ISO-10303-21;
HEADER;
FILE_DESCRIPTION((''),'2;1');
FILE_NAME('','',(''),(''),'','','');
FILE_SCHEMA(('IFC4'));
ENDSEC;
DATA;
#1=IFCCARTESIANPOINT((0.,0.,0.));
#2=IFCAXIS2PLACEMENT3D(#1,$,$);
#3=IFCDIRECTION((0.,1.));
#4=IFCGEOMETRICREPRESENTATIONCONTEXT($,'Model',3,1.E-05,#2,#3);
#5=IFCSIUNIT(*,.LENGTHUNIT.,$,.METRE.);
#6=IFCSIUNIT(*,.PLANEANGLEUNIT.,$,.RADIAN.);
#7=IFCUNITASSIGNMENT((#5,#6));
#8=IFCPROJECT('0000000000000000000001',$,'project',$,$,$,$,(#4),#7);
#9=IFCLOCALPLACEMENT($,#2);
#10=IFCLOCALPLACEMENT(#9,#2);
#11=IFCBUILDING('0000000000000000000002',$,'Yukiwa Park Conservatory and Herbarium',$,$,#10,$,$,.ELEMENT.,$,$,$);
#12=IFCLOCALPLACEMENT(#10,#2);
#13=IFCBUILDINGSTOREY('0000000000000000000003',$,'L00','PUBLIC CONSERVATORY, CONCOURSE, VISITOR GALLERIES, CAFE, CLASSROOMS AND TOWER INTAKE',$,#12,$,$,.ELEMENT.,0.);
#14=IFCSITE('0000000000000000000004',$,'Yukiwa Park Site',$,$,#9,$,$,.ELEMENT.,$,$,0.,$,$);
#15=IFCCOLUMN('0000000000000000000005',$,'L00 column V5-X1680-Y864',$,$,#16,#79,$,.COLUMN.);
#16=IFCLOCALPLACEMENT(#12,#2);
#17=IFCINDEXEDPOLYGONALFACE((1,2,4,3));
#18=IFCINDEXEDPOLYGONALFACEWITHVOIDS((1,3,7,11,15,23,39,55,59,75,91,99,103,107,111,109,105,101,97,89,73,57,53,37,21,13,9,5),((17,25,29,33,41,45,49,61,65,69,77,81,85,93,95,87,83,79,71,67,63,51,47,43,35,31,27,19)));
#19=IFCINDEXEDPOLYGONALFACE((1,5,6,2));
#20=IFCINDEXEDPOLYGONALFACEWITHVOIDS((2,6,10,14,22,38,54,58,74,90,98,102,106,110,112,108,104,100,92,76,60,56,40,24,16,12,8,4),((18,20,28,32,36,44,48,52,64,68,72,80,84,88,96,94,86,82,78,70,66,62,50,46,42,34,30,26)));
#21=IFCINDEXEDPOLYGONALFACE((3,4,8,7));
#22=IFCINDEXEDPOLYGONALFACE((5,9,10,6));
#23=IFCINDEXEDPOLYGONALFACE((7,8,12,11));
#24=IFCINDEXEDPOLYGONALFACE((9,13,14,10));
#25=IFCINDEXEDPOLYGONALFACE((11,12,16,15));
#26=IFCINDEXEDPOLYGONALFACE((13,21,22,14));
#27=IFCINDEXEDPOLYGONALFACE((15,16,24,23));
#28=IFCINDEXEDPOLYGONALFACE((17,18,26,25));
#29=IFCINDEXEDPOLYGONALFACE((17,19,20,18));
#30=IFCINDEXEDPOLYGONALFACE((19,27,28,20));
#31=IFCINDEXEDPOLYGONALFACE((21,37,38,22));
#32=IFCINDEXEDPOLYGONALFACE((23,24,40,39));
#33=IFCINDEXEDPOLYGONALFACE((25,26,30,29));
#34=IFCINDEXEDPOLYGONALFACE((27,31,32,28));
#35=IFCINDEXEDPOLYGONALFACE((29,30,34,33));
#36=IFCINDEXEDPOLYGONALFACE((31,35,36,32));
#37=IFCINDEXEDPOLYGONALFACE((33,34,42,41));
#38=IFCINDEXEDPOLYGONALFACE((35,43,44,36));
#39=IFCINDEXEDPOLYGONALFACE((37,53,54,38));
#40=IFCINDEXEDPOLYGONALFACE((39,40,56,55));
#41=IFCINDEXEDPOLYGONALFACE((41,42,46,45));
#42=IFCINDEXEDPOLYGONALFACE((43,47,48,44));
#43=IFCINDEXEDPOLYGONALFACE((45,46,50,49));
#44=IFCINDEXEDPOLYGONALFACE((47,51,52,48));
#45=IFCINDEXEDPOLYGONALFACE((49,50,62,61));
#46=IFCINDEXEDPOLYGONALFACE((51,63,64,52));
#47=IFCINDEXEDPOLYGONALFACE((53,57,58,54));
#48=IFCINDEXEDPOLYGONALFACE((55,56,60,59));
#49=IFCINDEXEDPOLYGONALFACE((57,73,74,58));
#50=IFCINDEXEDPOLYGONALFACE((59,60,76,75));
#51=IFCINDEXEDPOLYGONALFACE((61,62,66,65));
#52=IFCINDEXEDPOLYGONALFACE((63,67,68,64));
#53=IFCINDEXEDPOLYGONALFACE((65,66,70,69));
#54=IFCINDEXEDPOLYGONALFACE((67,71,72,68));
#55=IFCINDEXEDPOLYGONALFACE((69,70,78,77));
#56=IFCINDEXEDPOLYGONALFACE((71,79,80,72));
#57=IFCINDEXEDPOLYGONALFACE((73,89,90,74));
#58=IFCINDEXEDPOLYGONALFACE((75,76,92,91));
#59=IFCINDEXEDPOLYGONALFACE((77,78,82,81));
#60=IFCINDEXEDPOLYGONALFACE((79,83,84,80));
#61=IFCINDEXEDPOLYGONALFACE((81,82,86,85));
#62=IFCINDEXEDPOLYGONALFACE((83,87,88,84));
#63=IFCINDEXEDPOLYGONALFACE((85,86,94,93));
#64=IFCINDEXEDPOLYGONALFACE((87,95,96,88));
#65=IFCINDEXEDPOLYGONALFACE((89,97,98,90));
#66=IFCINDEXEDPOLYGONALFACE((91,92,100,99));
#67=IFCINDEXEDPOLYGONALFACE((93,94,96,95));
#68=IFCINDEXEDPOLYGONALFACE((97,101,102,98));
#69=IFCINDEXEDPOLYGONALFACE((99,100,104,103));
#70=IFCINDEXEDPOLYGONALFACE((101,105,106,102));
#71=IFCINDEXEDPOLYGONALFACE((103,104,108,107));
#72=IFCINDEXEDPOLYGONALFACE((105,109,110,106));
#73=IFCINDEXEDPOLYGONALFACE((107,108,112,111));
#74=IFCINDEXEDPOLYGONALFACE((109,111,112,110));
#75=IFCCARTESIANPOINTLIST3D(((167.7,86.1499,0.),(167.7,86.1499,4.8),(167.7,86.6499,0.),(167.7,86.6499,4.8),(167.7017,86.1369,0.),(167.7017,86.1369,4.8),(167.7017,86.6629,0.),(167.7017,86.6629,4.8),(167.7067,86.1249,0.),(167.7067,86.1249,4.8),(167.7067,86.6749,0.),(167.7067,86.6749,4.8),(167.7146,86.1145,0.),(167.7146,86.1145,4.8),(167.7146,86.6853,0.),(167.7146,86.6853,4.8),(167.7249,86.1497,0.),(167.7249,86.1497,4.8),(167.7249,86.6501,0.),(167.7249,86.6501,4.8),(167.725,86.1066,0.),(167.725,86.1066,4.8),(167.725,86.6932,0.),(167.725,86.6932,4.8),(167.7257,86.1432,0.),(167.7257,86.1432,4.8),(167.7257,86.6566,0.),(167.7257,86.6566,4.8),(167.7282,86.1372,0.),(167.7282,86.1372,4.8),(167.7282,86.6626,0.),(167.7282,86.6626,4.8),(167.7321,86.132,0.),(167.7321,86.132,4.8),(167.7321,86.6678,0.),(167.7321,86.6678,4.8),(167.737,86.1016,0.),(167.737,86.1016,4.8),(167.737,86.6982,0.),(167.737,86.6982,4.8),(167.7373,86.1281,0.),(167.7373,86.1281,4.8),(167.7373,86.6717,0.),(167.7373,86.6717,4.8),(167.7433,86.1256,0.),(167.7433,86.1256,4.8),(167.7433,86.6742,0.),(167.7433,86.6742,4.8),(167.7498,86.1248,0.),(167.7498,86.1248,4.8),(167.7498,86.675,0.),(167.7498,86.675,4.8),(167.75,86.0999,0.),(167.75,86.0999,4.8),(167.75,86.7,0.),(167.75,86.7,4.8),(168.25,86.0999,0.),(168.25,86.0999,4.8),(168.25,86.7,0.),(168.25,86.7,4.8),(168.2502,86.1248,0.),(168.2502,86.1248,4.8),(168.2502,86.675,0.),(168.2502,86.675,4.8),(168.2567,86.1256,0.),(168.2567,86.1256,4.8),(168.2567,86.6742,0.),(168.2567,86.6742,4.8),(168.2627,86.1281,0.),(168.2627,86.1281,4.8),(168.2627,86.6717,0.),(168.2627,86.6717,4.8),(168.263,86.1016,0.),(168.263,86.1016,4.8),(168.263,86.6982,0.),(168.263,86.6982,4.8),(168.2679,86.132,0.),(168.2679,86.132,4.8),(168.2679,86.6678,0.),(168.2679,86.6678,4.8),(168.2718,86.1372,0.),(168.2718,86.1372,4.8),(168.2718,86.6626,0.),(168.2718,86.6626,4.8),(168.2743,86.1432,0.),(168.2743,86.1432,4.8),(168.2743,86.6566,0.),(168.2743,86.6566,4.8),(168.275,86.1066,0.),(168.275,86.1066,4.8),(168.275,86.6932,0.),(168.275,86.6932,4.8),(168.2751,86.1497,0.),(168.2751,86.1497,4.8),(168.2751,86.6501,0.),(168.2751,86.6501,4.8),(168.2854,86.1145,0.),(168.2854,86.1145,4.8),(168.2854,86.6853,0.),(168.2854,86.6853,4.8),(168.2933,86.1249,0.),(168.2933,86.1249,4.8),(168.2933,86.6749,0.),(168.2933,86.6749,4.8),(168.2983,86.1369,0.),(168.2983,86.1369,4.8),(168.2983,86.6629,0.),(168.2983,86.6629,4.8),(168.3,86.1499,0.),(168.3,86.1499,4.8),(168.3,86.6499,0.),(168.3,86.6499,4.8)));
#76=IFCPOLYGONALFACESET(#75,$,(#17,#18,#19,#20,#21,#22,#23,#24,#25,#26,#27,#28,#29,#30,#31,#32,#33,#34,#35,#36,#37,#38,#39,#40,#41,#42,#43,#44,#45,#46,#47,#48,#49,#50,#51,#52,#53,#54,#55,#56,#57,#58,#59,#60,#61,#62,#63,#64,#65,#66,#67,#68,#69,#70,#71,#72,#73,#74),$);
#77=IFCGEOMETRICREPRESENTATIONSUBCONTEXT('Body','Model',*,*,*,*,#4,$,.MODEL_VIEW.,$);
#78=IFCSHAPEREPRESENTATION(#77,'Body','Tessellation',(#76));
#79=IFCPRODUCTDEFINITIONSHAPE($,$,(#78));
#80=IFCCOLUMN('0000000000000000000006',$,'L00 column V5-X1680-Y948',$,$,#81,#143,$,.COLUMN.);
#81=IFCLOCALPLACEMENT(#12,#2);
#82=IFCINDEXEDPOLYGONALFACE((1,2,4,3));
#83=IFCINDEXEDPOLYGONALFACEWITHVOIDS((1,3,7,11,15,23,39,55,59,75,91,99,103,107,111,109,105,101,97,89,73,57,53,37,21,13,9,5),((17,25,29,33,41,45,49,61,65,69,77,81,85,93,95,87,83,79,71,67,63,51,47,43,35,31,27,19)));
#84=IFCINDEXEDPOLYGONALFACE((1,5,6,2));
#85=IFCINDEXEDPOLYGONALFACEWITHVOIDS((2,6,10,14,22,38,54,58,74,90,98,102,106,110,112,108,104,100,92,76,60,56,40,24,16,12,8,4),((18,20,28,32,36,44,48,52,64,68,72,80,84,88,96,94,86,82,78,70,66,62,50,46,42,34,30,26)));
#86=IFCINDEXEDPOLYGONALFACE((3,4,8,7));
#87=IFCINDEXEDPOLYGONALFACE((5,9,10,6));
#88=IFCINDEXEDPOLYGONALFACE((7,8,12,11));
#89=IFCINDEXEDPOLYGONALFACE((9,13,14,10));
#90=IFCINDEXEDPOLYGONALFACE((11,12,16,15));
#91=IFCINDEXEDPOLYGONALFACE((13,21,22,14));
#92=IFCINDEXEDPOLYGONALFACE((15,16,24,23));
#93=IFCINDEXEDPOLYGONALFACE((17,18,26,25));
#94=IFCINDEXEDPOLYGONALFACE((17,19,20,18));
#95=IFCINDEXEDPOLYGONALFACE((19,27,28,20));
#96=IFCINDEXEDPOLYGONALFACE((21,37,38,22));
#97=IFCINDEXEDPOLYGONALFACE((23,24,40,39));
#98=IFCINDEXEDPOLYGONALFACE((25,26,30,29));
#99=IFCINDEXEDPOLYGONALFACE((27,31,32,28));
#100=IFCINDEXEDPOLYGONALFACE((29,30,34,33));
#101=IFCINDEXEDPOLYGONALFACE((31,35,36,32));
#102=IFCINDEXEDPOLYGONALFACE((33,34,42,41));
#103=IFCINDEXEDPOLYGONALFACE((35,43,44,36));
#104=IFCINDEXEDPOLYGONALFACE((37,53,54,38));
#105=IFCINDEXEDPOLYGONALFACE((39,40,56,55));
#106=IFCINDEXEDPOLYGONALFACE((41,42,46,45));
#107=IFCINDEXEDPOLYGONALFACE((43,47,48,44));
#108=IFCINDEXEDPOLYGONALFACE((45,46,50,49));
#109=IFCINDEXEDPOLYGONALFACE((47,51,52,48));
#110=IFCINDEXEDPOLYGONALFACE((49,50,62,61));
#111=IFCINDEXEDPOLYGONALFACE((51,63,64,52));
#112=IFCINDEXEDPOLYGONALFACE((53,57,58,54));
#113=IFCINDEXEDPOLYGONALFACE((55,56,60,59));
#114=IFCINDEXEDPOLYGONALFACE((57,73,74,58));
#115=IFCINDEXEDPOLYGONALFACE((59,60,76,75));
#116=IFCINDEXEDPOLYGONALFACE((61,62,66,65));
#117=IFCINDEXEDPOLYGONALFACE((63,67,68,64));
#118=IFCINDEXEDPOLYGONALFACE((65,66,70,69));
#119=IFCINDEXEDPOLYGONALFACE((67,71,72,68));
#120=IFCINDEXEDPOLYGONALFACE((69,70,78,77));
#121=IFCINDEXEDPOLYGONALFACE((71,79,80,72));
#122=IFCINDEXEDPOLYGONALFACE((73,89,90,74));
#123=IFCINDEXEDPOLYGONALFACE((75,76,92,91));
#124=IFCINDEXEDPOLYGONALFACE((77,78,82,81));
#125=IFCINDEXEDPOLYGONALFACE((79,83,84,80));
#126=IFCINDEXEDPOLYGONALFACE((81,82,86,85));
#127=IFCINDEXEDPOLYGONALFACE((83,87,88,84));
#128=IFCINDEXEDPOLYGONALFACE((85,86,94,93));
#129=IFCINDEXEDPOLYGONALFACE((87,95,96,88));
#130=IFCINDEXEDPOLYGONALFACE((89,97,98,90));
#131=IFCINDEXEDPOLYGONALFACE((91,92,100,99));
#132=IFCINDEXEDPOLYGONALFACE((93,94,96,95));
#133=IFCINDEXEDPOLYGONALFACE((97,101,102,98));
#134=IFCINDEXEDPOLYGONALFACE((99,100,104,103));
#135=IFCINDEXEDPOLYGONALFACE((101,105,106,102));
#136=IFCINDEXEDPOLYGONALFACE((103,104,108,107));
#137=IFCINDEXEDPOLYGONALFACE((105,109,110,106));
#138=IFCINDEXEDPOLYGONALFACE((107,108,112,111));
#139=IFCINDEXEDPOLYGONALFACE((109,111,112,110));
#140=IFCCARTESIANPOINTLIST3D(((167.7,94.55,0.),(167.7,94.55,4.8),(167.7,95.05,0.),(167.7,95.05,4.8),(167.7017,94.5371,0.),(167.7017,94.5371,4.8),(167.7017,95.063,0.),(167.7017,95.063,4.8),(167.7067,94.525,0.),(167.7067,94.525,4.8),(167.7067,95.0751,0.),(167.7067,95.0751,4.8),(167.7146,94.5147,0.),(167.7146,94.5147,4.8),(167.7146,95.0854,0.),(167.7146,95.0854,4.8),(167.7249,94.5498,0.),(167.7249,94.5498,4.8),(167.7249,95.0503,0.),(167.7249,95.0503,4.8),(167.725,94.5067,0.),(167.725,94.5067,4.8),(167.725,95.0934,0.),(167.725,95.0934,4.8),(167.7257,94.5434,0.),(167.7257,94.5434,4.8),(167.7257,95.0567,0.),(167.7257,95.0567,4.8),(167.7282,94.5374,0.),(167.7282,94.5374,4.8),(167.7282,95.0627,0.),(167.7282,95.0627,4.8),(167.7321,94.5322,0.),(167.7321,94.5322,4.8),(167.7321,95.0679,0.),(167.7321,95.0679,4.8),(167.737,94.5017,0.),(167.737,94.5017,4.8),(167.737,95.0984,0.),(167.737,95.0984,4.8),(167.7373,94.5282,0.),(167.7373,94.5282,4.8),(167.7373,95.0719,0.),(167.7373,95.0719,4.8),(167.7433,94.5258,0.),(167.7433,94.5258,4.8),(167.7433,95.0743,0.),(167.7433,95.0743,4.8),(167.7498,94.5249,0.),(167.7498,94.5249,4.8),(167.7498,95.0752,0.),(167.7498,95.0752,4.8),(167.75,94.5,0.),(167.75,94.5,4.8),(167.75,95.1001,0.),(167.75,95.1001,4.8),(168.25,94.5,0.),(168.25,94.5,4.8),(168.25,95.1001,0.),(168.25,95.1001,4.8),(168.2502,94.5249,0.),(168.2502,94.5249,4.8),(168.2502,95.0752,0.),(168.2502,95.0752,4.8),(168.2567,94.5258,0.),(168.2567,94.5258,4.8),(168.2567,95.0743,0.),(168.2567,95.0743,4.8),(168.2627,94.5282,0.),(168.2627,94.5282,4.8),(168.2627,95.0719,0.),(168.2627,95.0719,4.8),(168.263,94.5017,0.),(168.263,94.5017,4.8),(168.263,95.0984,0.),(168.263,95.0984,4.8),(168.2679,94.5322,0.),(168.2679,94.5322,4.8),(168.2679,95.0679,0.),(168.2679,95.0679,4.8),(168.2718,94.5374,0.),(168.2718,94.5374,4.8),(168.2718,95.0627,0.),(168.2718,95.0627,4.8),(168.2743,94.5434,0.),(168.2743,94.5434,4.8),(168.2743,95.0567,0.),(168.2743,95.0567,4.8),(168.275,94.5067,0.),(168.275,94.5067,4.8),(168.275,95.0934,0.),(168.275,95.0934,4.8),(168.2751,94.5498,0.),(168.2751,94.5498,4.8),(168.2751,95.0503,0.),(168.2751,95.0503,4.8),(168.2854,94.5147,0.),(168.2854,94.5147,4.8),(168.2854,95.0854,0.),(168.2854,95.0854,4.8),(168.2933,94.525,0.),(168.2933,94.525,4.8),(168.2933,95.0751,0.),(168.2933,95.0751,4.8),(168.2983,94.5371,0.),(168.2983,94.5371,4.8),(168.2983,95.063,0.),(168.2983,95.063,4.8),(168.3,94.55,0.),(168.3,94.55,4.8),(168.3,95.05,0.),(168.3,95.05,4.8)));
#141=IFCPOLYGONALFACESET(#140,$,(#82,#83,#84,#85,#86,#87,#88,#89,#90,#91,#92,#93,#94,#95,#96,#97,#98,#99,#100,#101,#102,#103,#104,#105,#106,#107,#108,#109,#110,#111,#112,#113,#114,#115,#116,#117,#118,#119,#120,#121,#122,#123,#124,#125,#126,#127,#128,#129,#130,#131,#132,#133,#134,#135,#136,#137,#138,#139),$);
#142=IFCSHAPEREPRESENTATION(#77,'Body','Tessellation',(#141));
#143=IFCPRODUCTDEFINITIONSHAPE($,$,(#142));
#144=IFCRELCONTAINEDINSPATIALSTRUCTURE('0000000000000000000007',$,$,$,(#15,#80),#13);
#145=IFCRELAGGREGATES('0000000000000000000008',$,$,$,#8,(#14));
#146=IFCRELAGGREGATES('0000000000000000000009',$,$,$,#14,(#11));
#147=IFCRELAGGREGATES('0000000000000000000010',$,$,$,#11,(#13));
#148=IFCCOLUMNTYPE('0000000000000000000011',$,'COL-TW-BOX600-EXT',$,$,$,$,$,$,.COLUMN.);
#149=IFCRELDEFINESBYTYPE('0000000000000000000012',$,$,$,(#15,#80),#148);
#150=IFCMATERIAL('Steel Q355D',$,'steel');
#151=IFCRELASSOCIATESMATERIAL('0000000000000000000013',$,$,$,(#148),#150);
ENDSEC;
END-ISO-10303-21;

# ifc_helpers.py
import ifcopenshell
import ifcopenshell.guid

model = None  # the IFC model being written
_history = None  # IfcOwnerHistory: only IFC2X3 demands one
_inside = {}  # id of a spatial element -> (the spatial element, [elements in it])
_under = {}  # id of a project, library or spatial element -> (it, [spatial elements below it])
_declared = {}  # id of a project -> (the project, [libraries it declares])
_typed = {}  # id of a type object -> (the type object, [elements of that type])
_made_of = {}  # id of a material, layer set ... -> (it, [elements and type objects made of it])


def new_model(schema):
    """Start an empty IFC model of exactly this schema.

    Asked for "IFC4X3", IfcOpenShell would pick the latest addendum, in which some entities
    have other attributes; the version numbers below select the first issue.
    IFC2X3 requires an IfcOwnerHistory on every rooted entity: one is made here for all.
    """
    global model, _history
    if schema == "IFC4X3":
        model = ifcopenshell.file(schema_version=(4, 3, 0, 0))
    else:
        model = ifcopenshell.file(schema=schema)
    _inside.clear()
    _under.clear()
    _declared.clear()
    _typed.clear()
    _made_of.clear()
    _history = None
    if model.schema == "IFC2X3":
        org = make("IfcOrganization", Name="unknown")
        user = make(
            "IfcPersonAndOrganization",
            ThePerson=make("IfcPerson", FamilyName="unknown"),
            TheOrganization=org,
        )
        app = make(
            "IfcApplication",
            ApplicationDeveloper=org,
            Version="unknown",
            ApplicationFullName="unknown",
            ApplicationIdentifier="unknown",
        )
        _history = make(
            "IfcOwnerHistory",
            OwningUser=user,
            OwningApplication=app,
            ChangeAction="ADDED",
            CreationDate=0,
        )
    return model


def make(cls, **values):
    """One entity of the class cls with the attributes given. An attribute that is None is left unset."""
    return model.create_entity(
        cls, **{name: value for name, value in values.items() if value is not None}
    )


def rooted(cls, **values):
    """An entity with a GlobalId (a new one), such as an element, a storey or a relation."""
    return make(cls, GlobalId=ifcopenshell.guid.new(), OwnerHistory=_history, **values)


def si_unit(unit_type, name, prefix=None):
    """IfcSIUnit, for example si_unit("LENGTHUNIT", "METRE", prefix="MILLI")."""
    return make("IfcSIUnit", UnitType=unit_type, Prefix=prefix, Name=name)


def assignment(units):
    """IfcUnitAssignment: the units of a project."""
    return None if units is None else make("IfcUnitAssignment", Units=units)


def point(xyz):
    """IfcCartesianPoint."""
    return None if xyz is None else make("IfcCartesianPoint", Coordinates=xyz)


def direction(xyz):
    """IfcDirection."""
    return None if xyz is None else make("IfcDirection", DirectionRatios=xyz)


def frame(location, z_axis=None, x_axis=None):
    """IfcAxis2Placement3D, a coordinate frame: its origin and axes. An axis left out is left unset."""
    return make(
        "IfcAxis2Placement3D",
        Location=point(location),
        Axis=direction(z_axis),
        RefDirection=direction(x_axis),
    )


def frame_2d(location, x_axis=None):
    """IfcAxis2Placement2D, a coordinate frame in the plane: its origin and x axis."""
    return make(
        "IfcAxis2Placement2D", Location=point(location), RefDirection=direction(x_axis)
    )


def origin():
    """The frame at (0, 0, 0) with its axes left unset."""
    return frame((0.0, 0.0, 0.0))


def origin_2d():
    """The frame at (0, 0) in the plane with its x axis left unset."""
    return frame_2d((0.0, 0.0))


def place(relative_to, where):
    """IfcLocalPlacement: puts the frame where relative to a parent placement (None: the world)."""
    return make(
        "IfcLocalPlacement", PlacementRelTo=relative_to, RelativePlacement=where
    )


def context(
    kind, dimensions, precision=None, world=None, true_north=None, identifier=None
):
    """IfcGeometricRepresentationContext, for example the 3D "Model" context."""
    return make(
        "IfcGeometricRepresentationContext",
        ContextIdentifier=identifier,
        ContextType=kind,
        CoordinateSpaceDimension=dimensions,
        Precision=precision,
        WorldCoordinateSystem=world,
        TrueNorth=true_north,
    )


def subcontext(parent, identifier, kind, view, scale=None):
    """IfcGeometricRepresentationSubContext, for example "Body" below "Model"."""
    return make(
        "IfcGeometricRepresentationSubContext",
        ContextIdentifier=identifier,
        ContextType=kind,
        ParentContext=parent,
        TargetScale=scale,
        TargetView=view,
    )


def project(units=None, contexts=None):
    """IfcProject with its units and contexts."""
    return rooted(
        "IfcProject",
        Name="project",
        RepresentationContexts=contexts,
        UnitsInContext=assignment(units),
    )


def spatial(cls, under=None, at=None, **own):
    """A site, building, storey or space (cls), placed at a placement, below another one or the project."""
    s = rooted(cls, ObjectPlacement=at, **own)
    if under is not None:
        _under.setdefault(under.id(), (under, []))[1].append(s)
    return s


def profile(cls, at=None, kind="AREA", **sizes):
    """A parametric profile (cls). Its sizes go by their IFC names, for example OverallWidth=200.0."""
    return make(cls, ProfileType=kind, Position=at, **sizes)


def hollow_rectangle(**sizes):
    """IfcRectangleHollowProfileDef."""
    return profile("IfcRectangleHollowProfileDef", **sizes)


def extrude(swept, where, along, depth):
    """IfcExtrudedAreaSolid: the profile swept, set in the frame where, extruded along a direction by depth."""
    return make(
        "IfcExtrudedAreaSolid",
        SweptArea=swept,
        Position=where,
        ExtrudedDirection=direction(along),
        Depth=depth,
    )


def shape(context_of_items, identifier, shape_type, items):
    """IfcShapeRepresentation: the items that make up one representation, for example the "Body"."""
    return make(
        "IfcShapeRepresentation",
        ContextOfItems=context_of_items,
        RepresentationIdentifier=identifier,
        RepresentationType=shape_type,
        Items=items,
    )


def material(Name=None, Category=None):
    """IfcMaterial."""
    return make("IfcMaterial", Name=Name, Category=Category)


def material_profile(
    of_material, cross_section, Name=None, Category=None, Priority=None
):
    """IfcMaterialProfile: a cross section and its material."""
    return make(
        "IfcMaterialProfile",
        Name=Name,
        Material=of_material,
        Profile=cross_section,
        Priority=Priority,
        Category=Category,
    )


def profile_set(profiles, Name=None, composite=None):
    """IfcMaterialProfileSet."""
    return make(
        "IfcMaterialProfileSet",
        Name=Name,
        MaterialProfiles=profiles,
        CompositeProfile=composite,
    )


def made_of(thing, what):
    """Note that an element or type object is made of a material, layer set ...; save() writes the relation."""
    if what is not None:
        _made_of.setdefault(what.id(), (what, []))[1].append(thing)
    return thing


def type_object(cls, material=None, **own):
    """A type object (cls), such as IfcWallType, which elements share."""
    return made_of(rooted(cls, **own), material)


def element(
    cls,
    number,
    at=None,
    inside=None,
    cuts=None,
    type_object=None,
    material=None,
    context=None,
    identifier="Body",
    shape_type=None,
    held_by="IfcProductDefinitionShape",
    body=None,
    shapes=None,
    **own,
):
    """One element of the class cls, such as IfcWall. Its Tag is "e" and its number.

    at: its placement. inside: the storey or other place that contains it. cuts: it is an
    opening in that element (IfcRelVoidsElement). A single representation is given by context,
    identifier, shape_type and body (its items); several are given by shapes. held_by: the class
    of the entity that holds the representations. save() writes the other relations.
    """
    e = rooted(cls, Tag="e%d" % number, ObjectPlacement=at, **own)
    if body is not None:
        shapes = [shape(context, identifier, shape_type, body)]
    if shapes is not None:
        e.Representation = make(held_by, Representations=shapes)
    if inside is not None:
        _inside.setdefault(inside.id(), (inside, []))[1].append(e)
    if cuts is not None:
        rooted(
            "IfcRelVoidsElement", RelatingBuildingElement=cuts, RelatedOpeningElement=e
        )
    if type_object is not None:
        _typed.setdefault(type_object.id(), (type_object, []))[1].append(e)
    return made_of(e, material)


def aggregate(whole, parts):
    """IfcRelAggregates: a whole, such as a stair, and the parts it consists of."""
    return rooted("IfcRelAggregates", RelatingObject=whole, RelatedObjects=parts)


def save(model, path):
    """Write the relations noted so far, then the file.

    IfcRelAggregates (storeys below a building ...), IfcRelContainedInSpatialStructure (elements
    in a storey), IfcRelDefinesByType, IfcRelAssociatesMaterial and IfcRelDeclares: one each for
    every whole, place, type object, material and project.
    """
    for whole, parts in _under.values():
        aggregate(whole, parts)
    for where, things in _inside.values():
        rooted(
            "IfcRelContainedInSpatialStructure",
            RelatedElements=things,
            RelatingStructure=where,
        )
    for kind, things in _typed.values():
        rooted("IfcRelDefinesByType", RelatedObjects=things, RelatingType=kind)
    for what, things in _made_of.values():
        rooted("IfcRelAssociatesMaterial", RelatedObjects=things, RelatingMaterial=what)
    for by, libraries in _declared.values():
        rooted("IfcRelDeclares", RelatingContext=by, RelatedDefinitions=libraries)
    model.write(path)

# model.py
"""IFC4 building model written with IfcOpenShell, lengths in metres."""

from ifc_helpers import new_model, si_unit, direction, frame, origin, origin_2d, place, context, subcontext, project, spatial, hollow_rectangle, extrude, material, material_profile, profile_set, type_object, element, save


model = new_model("IFC4")

# Units and contexts
model_context = context("Model", 3, precision=1e-05, world=origin(), true_north=direction((0.0, 1.0)))
body_context = subcontext(model_context, "Body", "Model", "MODEL_VIEW")
ifc_project = project(units=[si_unit("LENGTHUNIT", "METRE"), si_unit("PLANEANGLEUNIT", "RADIAN")], contexts=[model_context])

# Site, building, storey
site_placement = place(None, origin())
site = spatial("IfcSite", under=ifc_project, at=site_placement, Name="Yukiwa Park Site", CompositionType="ELEMENT", RefElevation=0.0)
building_placement = place(site_placement, origin())
building = spatial("IfcBuilding", under=site, at=building_placement, Name="Yukiwa Park Conservatory and Herbarium", CompositionType="ELEMENT")
storey_placement = place(building_placement, origin())
storey = spatial("IfcBuildingStorey", under=building, at=storey_placement, Name="L00", Description="PUBLIC CONSERVATORY, CONCOURSE, VISITOR GALLERIES, CAFE, CLASSROOMS AND TOWER INTAKE", CompositionType="ELEMENT", Elevation=0.0)

# Columns
ifc_material_1 = material(Name="Steel Q355D", Category="steel")
ifc_material_profile_1 = material_profile(ifc_material_1, hollow_rectangle(XDim=0.6001, YDim=0.6001, WallThickness=0.0249, InnerFilletRadius=0.0249, OuterFilletRadius=0.05, at=origin_2d()), Name="BOX 600x600x25")
ifc_profile_set_1 = profile_set([ifc_material_profile_1], Name="Steel Q355D")
column_type_1 = type_object("IfcColumnType", Name="COL-TW-BOX600-EXT", PredefinedType="COLUMN", material=ifc_profile_set_1)
for number, where, z_axis, x_axis, name in (
    (1, (168.0, 86.3999, 0.0), (0.0, 0.0, 1.0), (1.0, 0.0, 0.0), "L00 column V5-X1680-Y864"),
    (2, (168.0, 94.8, 0.0), (0.0, 0.0, 1.0), (1.0, 0.0, 0.0), "L00 column V5-X1680-Y948"),
):
    element("IfcColumn", number, at=place(storey_placement, frame(where, z_axis=z_axis, x_axis=x_axis)), inside=storey, type_object=column_type_1, Name=name, PredefinedType="COLUMN", context=body_context, shape_type="SweptSolid", body=[
        extrude(hollow_rectangle(XDim=0.6001, YDim=0.6001, WallThickness=0.0249, InnerFilletRadius=0.0249, OuterFilletRadius=0.05, at=origin_2d()), origin(), (0.0, 0.0, 1.0), 4.8),
    ])

save(model, "model.ifc")
